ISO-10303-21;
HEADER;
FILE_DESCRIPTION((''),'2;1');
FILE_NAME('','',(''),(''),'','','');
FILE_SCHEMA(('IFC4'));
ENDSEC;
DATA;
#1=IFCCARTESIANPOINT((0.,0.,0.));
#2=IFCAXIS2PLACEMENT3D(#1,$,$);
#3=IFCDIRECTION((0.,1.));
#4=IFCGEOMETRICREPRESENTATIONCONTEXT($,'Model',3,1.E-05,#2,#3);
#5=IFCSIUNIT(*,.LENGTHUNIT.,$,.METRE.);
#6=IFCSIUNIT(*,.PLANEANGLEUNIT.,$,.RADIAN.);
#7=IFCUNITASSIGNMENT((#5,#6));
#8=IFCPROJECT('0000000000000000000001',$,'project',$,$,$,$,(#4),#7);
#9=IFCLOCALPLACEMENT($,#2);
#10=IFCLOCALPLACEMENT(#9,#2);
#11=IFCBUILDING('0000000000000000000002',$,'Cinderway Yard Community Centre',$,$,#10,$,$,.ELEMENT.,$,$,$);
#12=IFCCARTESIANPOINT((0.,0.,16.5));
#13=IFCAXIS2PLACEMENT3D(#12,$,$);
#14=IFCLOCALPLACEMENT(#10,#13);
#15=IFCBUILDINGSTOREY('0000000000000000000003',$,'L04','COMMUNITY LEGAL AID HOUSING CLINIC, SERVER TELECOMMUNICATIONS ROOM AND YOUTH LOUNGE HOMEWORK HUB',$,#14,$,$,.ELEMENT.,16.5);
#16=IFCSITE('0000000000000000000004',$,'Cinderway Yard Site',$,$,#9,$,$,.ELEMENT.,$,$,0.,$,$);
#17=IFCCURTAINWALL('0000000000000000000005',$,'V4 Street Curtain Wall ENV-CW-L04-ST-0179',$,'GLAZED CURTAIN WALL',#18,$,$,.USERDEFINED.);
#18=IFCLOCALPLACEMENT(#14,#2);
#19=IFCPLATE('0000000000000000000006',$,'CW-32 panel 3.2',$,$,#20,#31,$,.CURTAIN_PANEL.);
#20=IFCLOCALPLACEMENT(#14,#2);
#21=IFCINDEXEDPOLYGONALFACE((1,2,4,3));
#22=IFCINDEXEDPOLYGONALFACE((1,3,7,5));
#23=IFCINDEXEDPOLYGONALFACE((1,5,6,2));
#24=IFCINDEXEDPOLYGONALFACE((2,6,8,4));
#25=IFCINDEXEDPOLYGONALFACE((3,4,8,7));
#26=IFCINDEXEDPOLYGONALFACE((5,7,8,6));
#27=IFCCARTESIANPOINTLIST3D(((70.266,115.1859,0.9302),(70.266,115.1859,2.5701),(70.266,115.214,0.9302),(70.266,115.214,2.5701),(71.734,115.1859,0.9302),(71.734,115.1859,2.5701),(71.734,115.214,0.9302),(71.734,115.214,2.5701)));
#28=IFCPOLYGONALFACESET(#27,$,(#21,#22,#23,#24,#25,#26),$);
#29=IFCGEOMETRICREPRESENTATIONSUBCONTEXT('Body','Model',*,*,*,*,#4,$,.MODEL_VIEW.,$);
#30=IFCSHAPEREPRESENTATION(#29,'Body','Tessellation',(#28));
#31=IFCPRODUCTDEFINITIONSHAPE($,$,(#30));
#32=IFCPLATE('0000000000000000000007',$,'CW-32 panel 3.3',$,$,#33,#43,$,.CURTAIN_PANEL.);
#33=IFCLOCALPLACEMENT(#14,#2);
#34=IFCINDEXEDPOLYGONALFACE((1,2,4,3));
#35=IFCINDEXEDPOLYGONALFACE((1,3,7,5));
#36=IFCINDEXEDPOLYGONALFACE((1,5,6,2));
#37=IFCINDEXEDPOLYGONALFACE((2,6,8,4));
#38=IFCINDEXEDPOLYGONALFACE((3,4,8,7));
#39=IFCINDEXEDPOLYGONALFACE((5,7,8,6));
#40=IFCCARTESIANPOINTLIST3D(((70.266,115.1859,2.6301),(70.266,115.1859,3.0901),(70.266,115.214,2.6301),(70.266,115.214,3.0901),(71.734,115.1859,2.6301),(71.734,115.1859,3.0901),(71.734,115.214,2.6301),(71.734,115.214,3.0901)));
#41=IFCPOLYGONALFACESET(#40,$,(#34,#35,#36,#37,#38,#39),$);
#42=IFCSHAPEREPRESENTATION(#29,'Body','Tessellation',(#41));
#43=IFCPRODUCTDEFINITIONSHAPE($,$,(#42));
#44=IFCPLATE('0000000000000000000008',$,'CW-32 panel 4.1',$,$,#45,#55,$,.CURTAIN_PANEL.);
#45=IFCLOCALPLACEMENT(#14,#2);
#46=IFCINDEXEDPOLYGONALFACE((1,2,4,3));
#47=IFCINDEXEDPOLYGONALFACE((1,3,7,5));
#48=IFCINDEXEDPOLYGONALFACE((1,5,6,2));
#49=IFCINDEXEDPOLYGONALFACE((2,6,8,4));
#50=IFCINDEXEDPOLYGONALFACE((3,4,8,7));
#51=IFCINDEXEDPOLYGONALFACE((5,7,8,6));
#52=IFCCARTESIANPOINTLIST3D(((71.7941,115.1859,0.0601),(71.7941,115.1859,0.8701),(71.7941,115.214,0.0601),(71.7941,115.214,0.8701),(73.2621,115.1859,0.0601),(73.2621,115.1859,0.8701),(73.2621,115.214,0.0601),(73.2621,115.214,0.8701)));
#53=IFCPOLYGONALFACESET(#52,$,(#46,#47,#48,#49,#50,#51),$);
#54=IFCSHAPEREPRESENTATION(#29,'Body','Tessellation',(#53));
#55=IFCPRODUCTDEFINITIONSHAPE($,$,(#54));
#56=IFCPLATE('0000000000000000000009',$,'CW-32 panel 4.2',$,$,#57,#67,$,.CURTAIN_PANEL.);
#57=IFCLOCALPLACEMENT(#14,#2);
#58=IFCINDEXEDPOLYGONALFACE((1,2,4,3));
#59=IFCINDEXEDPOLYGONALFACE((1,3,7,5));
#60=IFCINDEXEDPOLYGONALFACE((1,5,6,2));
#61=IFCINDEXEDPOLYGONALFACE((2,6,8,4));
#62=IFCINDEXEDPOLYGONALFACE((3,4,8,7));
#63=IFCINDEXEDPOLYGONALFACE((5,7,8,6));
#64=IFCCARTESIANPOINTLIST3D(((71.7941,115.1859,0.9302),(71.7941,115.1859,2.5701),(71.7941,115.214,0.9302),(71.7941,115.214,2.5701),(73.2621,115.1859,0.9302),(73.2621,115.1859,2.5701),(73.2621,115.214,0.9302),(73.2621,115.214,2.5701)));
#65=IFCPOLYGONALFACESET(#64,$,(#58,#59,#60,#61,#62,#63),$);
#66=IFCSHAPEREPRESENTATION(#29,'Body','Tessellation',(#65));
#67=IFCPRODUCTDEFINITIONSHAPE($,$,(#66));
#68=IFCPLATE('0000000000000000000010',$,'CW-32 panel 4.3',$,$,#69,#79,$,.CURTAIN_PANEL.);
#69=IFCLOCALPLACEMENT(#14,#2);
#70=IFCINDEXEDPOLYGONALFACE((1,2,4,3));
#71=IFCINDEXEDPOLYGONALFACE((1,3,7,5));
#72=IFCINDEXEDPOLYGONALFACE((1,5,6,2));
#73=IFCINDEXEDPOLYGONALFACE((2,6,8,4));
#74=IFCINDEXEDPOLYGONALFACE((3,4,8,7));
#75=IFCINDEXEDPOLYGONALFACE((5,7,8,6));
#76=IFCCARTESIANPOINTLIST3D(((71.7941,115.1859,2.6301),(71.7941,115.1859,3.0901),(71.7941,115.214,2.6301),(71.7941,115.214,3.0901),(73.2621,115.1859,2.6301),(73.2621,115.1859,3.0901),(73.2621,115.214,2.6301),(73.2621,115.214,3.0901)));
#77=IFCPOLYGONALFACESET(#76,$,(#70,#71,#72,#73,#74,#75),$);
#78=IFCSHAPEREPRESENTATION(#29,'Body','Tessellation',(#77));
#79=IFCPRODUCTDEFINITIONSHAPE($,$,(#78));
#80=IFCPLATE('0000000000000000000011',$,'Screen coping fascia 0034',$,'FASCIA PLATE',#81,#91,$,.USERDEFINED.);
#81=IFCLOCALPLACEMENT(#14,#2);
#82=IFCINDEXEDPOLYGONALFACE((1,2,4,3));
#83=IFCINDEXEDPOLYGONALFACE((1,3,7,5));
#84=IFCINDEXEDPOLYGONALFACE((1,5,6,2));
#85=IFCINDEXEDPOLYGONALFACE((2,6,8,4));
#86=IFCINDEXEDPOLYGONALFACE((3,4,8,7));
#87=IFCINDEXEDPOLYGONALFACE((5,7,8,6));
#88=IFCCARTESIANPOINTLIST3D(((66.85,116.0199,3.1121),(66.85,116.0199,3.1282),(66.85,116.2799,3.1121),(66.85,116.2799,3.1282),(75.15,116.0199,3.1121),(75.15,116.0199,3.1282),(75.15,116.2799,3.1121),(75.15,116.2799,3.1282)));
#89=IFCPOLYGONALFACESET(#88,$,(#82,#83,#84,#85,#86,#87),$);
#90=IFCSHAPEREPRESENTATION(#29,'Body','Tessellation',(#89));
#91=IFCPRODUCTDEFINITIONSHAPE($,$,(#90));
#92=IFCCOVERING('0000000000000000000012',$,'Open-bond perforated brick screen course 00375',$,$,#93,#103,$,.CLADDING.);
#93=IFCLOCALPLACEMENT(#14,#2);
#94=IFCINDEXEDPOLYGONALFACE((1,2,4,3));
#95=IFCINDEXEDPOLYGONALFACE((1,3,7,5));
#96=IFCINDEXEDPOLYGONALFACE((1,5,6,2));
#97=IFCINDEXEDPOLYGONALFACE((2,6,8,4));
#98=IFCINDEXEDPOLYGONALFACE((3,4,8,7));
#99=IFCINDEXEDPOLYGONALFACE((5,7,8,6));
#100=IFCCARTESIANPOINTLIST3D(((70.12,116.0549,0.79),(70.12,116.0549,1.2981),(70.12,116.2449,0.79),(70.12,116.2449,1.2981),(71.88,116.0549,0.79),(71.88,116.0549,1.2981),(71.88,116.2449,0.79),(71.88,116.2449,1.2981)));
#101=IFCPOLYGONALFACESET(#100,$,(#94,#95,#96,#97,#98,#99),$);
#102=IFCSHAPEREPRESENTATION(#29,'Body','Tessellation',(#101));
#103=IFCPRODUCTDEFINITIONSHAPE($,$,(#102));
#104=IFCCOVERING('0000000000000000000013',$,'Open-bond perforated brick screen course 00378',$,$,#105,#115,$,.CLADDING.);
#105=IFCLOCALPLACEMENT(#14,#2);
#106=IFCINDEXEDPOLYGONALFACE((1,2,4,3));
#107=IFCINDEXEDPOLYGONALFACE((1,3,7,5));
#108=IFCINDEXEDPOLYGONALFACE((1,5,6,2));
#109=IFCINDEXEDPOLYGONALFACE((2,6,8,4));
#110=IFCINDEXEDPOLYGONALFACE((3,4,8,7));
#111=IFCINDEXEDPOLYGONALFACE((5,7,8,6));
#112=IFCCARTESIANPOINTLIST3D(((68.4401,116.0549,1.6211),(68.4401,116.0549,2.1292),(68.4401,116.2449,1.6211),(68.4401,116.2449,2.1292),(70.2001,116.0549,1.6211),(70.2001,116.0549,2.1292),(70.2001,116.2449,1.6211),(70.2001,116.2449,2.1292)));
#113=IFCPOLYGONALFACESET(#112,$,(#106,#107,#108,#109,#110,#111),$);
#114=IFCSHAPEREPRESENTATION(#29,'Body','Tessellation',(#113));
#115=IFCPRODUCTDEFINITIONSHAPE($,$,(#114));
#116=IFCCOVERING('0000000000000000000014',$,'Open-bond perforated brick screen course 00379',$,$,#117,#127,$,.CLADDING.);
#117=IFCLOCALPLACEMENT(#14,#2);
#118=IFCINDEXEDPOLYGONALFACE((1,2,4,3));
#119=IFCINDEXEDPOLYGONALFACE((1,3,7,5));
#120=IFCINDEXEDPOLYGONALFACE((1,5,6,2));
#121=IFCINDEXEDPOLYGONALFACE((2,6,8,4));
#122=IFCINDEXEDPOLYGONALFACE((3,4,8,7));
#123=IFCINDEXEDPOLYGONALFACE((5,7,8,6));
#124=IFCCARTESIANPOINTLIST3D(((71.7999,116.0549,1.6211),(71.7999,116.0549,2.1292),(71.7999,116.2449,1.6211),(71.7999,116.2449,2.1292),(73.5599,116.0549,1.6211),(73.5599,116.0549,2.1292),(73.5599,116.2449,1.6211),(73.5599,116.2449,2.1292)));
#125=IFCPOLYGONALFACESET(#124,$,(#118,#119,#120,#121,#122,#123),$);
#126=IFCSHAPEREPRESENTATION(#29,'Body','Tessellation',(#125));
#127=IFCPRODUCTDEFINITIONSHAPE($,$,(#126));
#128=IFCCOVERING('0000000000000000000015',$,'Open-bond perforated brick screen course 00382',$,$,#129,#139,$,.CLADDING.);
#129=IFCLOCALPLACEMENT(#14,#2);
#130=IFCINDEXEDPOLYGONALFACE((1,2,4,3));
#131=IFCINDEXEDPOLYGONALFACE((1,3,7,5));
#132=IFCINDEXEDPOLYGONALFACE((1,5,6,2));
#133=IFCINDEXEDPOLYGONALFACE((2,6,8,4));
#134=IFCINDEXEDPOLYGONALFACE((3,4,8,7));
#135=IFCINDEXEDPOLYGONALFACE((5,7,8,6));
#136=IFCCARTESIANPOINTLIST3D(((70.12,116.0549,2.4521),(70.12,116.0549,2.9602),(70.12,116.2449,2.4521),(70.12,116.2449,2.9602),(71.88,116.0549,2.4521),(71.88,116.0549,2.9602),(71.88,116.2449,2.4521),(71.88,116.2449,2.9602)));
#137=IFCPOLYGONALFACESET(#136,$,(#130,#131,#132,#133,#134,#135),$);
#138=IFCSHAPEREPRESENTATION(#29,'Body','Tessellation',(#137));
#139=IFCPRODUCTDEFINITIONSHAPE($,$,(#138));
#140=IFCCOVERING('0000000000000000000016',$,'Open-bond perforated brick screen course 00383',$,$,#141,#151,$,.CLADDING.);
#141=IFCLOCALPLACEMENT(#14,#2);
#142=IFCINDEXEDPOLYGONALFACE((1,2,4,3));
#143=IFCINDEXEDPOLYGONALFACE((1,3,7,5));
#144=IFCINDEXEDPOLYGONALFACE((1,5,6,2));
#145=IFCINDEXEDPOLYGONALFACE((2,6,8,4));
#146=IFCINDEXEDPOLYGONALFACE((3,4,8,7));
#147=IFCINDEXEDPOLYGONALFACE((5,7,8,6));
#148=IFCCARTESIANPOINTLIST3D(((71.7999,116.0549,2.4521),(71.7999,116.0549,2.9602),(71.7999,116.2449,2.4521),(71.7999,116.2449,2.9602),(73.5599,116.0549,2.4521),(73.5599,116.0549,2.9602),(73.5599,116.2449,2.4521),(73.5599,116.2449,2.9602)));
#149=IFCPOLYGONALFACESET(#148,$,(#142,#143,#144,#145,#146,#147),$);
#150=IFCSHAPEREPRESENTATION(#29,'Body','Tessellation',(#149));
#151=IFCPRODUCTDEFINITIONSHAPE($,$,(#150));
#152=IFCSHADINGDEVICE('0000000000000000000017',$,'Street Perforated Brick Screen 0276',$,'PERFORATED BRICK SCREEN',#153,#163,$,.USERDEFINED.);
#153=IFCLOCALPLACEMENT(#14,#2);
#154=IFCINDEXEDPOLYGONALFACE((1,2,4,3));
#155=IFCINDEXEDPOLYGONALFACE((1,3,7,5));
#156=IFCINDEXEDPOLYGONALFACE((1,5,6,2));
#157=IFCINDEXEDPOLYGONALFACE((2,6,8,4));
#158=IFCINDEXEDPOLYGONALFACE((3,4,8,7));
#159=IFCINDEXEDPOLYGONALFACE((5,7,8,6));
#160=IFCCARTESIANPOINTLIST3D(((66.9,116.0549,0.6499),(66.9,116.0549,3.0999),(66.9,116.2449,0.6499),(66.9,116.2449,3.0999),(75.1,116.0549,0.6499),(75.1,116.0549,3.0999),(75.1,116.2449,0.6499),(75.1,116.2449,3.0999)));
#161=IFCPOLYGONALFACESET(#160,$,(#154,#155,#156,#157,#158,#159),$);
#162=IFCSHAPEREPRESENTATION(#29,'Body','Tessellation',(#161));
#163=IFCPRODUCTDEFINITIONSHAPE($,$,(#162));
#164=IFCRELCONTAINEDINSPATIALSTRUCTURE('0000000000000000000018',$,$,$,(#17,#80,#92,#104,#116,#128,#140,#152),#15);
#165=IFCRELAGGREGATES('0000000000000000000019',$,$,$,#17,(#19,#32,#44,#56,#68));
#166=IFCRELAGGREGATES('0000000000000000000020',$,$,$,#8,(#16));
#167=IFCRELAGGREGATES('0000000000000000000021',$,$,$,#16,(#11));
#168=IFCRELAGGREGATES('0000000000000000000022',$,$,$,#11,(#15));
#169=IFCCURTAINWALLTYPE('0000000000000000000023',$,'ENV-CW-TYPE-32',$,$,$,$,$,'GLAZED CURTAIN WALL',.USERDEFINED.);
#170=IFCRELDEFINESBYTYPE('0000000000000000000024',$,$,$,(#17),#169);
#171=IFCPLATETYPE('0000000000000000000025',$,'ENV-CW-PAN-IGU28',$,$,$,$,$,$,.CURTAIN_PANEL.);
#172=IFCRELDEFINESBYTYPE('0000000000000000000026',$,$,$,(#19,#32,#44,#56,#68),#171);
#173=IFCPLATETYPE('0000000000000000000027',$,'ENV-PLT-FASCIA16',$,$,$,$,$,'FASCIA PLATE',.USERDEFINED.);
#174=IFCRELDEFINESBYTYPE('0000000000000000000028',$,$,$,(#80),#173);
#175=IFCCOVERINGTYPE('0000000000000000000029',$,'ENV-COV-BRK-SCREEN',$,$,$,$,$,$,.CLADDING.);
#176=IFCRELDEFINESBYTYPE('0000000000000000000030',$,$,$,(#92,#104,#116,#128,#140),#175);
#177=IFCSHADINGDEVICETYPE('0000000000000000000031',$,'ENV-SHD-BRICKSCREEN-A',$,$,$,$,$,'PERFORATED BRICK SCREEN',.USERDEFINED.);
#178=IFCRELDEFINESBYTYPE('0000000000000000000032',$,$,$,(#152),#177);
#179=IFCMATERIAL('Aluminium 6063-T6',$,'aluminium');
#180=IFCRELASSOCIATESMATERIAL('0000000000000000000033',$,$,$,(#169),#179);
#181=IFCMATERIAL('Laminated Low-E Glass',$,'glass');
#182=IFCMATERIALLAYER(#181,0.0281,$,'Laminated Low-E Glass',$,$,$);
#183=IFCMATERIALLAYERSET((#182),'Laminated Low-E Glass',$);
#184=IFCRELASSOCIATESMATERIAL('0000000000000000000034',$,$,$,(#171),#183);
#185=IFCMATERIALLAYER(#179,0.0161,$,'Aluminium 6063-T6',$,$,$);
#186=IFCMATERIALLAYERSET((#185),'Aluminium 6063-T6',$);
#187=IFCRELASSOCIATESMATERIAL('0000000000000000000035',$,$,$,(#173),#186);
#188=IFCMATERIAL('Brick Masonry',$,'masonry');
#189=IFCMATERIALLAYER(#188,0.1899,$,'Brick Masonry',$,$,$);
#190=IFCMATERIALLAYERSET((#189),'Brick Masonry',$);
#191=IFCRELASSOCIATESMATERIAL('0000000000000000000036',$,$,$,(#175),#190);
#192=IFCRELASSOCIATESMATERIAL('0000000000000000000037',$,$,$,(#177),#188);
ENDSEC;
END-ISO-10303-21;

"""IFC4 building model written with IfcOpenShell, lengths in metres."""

from ifc_helpers import new_model, si_unit, direction, frame, origin, origin_2d, place, context, subcontext, project, spatial, rectangle, extrude, material, layer, layer_set, type_object, element, aggregate, save


model = new_model("IFC4")

# Units and contexts
model_context = context("Model", 3, precision=1e-05, world=origin(), true_north=direction((0.0, 1.0)))
body_context = subcontext(model_context, "Body", "Model", "MODEL_VIEW")
ifc_project = project(units=[si_unit("LENGTHUNIT", "METRE"), si_unit("PLANEANGLEUNIT", "RADIAN")], contexts=[model_context])

# Site, building, storey
site_placement = place(None, origin())
site = spatial("IfcSite", under=ifc_project, at=site_placement, Name="Cinderway Yard Site", CompositionType="ELEMENT", RefElevation=0.0)
building_placement = place(site_placement, origin())
building = spatial("IfcBuilding", under=site, at=building_placement, Name="Cinderway Yard Community Centre", CompositionType="ELEMENT")
storey_placement = place(building_placement, frame((0.0, 0.0, 16.5)))
storey = spatial("IfcBuildingStorey", under=building, at=storey_placement, Name="L04", Description="COMMUNITY LEGAL AID HOUSING CLINIC, SERVER TELECOMMUNICATIONS ROOM AND YOUTH LOUNGE HOMEWORK HUB", CompositionType="ELEMENT", Elevation=16.5)

# Curtain wall
ifc_material_1 = material(Name="Aluminium 6063-T6", Category="aluminium")
curtain_wall_type = type_object("IfcCurtainWallType", Name="ENV-CW-TYPE-32", ElementType="GLAZED CURTAIN WALL", PredefinedType="USERDEFINED", material=ifc_material_1)
curtain_wall_placement = place(storey_placement, origin())
curtain_wall = element("IfcCurtainWall", 1, at=curtain_wall_placement, inside=storey, type_object=curtain_wall_type, Name="V4 Street Curtain Wall ENV-CW-L04-ST-0179", ObjectType="GLAZED CURTAIN WALL", PredefinedType="USERDEFINED")

# Plates
ifc_material_2 = material(Name="Laminated Low-E Glass", Category="glass")
ifc_layer_1 = layer(ifc_material_2, 0.0281, Name="Laminated Low-E Glass")
ifc_layer_set_1 = layer_set([ifc_layer_1], Name="Laminated Low-E Glass")
plate_type_1 = type_object("IfcPlateType", Name="ENV-CW-PAN-IGU28", PredefinedType="CURTAIN_PANEL", material=ifc_layer_set_1)
plate_1_placement = place(storey_placement, frame((71.0, 115.2, 0.9302), z_axis=(0.0, 0.0, 1.0), x_axis=(1.0, 0.0, 0.0)))
plate_1 = element("IfcPlate", 2, at=plate_1_placement, type_object=plate_type_1, Name="CW-32 panel 3.2", PredefinedType="CURTAIN_PANEL", context=body_context, shape_type="SweptSolid", body=[
    extrude(rectangle(XDim=1.468, YDim=0.0281, at=origin_2d()), origin(), (0.0, 0.0, 1.0), 1.6399),
])
plate_2_placement = place(storey_placement, frame((71.0, 115.2, 2.6301), z_axis=(0.0, 0.0, 1.0), x_axis=(1.0, 0.0, 0.0)))
plate_2 = element("IfcPlate", 3, at=plate_2_placement, type_object=plate_type_1, Name="CW-32 panel 3.3", PredefinedType="CURTAIN_PANEL", context=body_context, shape_type="SweptSolid", body=[
    extrude(rectangle(XDim=1.468, YDim=0.0281, at=origin_2d()), origin(), (0.0, 0.0, 1.0), 0.46),
])
plate_3_placement = place(storey_placement, frame((72.5281, 115.2, 0.0601), z_axis=(0.0, 0.0, 1.0), x_axis=(1.0, 0.0, 0.0)))
plate_3 = element("IfcPlate", 4, at=plate_3_placement, type_object=plate_type_1, Name="CW-32 panel 4.1", PredefinedType="CURTAIN_PANEL", context=body_context, shape_type="SweptSolid", body=[
    extrude(rectangle(XDim=1.468, YDim=0.0281, at=origin_2d()), origin(), (0.0, 0.0, 1.0), 0.8101),
])
plate_4_placement = place(storey_placement, frame((72.5281, 115.2, 0.9302), z_axis=(0.0, 0.0, 1.0), x_axis=(1.0, 0.0, 0.0)))
plate_4 = element("IfcPlate", 5, at=plate_4_placement, type_object=plate_type_1, Name="CW-32 panel 4.2", PredefinedType="CURTAIN_PANEL", context=body_context, shape_type="SweptSolid", body=[
    extrude(rectangle(XDim=1.468, YDim=0.0281, at=origin_2d()), origin(), (0.0, 0.0, 1.0), 1.6399),
])
plate_5_placement = place(storey_placement, frame((72.5281, 115.2, 2.6301), z_axis=(0.0, 0.0, 1.0), x_axis=(1.0, 0.0, 0.0)))
plate_5 = element("IfcPlate", 6, at=plate_5_placement, type_object=plate_type_1, Name="CW-32 panel 4.3", PredefinedType="CURTAIN_PANEL", context=body_context, shape_type="SweptSolid", body=[
    extrude(rectangle(XDim=1.468, YDim=0.0281, at=origin_2d()), origin(), (0.0, 0.0, 1.0), 0.46),
])
aggregate(curtain_wall, [plate_1, plate_2, plate_3, plate_4, plate_5])
ifc_layer_2 = layer(ifc_material_1, 0.0161, Name="Aluminium 6063-T6")
ifc_layer_set_2 = layer_set([ifc_layer_2], Name="Aluminium 6063-T6")
plate_type_2 = type_object("IfcPlateType", Name="ENV-PLT-FASCIA16", ElementType="FASCIA PLATE", PredefinedType="USERDEFINED", material=ifc_layer_set_2)
plate_6_placement = place(storey_placement, frame((71.0, 116.1499, 3.1121), z_axis=(0.0, 0.0, 1.0), x_axis=(1.0, 0.0, 0.0)))
element("IfcPlate", 7, at=plate_6_placement, inside=storey, type_object=plate_type_2, Name="Screen coping fascia 0034", ObjectType="FASCIA PLATE", PredefinedType="USERDEFINED", context=body_context, shape_type="SweptSolid", body=[
    extrude(rectangle(XDim=8.3, YDim=0.26, at=origin_2d()), origin(), (0.0, 0.0, 1.0), 0.0161),
])

# Coverings
ifc_material_3 = material(Name="Brick Masonry", Category="masonry")
ifc_layer_3 = layer(ifc_material_3, 0.1899, Name="Brick Masonry")
ifc_layer_set_3 = layer_set([ifc_layer_3], Name="Brick Masonry")
covering_type = type_object("IfcCoveringType", Name="ENV-COV-BRK-SCREEN", PredefinedType="CLADDING", material=ifc_layer_set_3)
for number, where, z_axis, x_axis, name in (
    (8, (71.0, 116.1499, 0.79), (0.0, 0.0, 1.0), (1.0, 0.0, 0.0), "Open-bond perforated brick screen course 00375"),
    (9, (69.3201, 116.1499, 1.6211), (0.0, 0.0, 1.0), (1.0, 0.0, 0.0), "Open-bond perforated brick screen course 00378"),
    (10, (72.6799, 116.1499, 1.6211), (0.0, 0.0, 1.0), (1.0, 0.0, 0.0), "Open-bond perforated brick screen course 00379"),
    (11, (71.0, 116.1499, 2.4521), (0.0, 0.0, 1.0), (1.0, 0.0, 0.0), "Open-bond perforated brick screen course 00382"),
    (12, (72.6799, 116.1499, 2.4521), (0.0, 0.0, 1.0), (1.0, 0.0, 0.0), "Open-bond perforated brick screen course 00383"),
):
    element("IfcCovering", number, at=place(storey_placement, frame(where, z_axis=z_axis, x_axis=x_axis)), inside=storey, type_object=covering_type, Name=name, PredefinedType="CLADDING", context=body_context, shape_type="SweptSolid", body=[
        extrude(rectangle(XDim=1.76, YDim=0.1899, at=origin_2d()), origin(), (0.0, 0.0, 1.0), 0.5081),
    ])

# Shading device
shading_device_type = type_object("IfcShadingDeviceType", Name="ENV-SHD-BRICKSCREEN-A", ElementType="PERFORATED BRICK SCREEN", PredefinedType="USERDEFINED", material=ifc_material_3)
shading_device_placement = place(storey_placement, frame((71.0, 116.1499, 0.6499), z_axis=(0.0, 0.0, 1.0), x_axis=(1.0, 0.0, 0.0)))
element("IfcShadingDevice", 13, at=shading_device_placement, inside=storey, type_object=shading_device_type, Name="Street Perforated Brick Screen 0276", ObjectType="PERFORATED BRICK SCREEN", PredefinedType="USERDEFINED", context=body_context, shape_type="SweptSolid", body=[
    extrude(rectangle(XDim=8.2, YDim=0.1899, at=origin_2d()), origin(), (0.0, 0.0, 1.0), 2.45),
])

save(model, "model.ifc")
